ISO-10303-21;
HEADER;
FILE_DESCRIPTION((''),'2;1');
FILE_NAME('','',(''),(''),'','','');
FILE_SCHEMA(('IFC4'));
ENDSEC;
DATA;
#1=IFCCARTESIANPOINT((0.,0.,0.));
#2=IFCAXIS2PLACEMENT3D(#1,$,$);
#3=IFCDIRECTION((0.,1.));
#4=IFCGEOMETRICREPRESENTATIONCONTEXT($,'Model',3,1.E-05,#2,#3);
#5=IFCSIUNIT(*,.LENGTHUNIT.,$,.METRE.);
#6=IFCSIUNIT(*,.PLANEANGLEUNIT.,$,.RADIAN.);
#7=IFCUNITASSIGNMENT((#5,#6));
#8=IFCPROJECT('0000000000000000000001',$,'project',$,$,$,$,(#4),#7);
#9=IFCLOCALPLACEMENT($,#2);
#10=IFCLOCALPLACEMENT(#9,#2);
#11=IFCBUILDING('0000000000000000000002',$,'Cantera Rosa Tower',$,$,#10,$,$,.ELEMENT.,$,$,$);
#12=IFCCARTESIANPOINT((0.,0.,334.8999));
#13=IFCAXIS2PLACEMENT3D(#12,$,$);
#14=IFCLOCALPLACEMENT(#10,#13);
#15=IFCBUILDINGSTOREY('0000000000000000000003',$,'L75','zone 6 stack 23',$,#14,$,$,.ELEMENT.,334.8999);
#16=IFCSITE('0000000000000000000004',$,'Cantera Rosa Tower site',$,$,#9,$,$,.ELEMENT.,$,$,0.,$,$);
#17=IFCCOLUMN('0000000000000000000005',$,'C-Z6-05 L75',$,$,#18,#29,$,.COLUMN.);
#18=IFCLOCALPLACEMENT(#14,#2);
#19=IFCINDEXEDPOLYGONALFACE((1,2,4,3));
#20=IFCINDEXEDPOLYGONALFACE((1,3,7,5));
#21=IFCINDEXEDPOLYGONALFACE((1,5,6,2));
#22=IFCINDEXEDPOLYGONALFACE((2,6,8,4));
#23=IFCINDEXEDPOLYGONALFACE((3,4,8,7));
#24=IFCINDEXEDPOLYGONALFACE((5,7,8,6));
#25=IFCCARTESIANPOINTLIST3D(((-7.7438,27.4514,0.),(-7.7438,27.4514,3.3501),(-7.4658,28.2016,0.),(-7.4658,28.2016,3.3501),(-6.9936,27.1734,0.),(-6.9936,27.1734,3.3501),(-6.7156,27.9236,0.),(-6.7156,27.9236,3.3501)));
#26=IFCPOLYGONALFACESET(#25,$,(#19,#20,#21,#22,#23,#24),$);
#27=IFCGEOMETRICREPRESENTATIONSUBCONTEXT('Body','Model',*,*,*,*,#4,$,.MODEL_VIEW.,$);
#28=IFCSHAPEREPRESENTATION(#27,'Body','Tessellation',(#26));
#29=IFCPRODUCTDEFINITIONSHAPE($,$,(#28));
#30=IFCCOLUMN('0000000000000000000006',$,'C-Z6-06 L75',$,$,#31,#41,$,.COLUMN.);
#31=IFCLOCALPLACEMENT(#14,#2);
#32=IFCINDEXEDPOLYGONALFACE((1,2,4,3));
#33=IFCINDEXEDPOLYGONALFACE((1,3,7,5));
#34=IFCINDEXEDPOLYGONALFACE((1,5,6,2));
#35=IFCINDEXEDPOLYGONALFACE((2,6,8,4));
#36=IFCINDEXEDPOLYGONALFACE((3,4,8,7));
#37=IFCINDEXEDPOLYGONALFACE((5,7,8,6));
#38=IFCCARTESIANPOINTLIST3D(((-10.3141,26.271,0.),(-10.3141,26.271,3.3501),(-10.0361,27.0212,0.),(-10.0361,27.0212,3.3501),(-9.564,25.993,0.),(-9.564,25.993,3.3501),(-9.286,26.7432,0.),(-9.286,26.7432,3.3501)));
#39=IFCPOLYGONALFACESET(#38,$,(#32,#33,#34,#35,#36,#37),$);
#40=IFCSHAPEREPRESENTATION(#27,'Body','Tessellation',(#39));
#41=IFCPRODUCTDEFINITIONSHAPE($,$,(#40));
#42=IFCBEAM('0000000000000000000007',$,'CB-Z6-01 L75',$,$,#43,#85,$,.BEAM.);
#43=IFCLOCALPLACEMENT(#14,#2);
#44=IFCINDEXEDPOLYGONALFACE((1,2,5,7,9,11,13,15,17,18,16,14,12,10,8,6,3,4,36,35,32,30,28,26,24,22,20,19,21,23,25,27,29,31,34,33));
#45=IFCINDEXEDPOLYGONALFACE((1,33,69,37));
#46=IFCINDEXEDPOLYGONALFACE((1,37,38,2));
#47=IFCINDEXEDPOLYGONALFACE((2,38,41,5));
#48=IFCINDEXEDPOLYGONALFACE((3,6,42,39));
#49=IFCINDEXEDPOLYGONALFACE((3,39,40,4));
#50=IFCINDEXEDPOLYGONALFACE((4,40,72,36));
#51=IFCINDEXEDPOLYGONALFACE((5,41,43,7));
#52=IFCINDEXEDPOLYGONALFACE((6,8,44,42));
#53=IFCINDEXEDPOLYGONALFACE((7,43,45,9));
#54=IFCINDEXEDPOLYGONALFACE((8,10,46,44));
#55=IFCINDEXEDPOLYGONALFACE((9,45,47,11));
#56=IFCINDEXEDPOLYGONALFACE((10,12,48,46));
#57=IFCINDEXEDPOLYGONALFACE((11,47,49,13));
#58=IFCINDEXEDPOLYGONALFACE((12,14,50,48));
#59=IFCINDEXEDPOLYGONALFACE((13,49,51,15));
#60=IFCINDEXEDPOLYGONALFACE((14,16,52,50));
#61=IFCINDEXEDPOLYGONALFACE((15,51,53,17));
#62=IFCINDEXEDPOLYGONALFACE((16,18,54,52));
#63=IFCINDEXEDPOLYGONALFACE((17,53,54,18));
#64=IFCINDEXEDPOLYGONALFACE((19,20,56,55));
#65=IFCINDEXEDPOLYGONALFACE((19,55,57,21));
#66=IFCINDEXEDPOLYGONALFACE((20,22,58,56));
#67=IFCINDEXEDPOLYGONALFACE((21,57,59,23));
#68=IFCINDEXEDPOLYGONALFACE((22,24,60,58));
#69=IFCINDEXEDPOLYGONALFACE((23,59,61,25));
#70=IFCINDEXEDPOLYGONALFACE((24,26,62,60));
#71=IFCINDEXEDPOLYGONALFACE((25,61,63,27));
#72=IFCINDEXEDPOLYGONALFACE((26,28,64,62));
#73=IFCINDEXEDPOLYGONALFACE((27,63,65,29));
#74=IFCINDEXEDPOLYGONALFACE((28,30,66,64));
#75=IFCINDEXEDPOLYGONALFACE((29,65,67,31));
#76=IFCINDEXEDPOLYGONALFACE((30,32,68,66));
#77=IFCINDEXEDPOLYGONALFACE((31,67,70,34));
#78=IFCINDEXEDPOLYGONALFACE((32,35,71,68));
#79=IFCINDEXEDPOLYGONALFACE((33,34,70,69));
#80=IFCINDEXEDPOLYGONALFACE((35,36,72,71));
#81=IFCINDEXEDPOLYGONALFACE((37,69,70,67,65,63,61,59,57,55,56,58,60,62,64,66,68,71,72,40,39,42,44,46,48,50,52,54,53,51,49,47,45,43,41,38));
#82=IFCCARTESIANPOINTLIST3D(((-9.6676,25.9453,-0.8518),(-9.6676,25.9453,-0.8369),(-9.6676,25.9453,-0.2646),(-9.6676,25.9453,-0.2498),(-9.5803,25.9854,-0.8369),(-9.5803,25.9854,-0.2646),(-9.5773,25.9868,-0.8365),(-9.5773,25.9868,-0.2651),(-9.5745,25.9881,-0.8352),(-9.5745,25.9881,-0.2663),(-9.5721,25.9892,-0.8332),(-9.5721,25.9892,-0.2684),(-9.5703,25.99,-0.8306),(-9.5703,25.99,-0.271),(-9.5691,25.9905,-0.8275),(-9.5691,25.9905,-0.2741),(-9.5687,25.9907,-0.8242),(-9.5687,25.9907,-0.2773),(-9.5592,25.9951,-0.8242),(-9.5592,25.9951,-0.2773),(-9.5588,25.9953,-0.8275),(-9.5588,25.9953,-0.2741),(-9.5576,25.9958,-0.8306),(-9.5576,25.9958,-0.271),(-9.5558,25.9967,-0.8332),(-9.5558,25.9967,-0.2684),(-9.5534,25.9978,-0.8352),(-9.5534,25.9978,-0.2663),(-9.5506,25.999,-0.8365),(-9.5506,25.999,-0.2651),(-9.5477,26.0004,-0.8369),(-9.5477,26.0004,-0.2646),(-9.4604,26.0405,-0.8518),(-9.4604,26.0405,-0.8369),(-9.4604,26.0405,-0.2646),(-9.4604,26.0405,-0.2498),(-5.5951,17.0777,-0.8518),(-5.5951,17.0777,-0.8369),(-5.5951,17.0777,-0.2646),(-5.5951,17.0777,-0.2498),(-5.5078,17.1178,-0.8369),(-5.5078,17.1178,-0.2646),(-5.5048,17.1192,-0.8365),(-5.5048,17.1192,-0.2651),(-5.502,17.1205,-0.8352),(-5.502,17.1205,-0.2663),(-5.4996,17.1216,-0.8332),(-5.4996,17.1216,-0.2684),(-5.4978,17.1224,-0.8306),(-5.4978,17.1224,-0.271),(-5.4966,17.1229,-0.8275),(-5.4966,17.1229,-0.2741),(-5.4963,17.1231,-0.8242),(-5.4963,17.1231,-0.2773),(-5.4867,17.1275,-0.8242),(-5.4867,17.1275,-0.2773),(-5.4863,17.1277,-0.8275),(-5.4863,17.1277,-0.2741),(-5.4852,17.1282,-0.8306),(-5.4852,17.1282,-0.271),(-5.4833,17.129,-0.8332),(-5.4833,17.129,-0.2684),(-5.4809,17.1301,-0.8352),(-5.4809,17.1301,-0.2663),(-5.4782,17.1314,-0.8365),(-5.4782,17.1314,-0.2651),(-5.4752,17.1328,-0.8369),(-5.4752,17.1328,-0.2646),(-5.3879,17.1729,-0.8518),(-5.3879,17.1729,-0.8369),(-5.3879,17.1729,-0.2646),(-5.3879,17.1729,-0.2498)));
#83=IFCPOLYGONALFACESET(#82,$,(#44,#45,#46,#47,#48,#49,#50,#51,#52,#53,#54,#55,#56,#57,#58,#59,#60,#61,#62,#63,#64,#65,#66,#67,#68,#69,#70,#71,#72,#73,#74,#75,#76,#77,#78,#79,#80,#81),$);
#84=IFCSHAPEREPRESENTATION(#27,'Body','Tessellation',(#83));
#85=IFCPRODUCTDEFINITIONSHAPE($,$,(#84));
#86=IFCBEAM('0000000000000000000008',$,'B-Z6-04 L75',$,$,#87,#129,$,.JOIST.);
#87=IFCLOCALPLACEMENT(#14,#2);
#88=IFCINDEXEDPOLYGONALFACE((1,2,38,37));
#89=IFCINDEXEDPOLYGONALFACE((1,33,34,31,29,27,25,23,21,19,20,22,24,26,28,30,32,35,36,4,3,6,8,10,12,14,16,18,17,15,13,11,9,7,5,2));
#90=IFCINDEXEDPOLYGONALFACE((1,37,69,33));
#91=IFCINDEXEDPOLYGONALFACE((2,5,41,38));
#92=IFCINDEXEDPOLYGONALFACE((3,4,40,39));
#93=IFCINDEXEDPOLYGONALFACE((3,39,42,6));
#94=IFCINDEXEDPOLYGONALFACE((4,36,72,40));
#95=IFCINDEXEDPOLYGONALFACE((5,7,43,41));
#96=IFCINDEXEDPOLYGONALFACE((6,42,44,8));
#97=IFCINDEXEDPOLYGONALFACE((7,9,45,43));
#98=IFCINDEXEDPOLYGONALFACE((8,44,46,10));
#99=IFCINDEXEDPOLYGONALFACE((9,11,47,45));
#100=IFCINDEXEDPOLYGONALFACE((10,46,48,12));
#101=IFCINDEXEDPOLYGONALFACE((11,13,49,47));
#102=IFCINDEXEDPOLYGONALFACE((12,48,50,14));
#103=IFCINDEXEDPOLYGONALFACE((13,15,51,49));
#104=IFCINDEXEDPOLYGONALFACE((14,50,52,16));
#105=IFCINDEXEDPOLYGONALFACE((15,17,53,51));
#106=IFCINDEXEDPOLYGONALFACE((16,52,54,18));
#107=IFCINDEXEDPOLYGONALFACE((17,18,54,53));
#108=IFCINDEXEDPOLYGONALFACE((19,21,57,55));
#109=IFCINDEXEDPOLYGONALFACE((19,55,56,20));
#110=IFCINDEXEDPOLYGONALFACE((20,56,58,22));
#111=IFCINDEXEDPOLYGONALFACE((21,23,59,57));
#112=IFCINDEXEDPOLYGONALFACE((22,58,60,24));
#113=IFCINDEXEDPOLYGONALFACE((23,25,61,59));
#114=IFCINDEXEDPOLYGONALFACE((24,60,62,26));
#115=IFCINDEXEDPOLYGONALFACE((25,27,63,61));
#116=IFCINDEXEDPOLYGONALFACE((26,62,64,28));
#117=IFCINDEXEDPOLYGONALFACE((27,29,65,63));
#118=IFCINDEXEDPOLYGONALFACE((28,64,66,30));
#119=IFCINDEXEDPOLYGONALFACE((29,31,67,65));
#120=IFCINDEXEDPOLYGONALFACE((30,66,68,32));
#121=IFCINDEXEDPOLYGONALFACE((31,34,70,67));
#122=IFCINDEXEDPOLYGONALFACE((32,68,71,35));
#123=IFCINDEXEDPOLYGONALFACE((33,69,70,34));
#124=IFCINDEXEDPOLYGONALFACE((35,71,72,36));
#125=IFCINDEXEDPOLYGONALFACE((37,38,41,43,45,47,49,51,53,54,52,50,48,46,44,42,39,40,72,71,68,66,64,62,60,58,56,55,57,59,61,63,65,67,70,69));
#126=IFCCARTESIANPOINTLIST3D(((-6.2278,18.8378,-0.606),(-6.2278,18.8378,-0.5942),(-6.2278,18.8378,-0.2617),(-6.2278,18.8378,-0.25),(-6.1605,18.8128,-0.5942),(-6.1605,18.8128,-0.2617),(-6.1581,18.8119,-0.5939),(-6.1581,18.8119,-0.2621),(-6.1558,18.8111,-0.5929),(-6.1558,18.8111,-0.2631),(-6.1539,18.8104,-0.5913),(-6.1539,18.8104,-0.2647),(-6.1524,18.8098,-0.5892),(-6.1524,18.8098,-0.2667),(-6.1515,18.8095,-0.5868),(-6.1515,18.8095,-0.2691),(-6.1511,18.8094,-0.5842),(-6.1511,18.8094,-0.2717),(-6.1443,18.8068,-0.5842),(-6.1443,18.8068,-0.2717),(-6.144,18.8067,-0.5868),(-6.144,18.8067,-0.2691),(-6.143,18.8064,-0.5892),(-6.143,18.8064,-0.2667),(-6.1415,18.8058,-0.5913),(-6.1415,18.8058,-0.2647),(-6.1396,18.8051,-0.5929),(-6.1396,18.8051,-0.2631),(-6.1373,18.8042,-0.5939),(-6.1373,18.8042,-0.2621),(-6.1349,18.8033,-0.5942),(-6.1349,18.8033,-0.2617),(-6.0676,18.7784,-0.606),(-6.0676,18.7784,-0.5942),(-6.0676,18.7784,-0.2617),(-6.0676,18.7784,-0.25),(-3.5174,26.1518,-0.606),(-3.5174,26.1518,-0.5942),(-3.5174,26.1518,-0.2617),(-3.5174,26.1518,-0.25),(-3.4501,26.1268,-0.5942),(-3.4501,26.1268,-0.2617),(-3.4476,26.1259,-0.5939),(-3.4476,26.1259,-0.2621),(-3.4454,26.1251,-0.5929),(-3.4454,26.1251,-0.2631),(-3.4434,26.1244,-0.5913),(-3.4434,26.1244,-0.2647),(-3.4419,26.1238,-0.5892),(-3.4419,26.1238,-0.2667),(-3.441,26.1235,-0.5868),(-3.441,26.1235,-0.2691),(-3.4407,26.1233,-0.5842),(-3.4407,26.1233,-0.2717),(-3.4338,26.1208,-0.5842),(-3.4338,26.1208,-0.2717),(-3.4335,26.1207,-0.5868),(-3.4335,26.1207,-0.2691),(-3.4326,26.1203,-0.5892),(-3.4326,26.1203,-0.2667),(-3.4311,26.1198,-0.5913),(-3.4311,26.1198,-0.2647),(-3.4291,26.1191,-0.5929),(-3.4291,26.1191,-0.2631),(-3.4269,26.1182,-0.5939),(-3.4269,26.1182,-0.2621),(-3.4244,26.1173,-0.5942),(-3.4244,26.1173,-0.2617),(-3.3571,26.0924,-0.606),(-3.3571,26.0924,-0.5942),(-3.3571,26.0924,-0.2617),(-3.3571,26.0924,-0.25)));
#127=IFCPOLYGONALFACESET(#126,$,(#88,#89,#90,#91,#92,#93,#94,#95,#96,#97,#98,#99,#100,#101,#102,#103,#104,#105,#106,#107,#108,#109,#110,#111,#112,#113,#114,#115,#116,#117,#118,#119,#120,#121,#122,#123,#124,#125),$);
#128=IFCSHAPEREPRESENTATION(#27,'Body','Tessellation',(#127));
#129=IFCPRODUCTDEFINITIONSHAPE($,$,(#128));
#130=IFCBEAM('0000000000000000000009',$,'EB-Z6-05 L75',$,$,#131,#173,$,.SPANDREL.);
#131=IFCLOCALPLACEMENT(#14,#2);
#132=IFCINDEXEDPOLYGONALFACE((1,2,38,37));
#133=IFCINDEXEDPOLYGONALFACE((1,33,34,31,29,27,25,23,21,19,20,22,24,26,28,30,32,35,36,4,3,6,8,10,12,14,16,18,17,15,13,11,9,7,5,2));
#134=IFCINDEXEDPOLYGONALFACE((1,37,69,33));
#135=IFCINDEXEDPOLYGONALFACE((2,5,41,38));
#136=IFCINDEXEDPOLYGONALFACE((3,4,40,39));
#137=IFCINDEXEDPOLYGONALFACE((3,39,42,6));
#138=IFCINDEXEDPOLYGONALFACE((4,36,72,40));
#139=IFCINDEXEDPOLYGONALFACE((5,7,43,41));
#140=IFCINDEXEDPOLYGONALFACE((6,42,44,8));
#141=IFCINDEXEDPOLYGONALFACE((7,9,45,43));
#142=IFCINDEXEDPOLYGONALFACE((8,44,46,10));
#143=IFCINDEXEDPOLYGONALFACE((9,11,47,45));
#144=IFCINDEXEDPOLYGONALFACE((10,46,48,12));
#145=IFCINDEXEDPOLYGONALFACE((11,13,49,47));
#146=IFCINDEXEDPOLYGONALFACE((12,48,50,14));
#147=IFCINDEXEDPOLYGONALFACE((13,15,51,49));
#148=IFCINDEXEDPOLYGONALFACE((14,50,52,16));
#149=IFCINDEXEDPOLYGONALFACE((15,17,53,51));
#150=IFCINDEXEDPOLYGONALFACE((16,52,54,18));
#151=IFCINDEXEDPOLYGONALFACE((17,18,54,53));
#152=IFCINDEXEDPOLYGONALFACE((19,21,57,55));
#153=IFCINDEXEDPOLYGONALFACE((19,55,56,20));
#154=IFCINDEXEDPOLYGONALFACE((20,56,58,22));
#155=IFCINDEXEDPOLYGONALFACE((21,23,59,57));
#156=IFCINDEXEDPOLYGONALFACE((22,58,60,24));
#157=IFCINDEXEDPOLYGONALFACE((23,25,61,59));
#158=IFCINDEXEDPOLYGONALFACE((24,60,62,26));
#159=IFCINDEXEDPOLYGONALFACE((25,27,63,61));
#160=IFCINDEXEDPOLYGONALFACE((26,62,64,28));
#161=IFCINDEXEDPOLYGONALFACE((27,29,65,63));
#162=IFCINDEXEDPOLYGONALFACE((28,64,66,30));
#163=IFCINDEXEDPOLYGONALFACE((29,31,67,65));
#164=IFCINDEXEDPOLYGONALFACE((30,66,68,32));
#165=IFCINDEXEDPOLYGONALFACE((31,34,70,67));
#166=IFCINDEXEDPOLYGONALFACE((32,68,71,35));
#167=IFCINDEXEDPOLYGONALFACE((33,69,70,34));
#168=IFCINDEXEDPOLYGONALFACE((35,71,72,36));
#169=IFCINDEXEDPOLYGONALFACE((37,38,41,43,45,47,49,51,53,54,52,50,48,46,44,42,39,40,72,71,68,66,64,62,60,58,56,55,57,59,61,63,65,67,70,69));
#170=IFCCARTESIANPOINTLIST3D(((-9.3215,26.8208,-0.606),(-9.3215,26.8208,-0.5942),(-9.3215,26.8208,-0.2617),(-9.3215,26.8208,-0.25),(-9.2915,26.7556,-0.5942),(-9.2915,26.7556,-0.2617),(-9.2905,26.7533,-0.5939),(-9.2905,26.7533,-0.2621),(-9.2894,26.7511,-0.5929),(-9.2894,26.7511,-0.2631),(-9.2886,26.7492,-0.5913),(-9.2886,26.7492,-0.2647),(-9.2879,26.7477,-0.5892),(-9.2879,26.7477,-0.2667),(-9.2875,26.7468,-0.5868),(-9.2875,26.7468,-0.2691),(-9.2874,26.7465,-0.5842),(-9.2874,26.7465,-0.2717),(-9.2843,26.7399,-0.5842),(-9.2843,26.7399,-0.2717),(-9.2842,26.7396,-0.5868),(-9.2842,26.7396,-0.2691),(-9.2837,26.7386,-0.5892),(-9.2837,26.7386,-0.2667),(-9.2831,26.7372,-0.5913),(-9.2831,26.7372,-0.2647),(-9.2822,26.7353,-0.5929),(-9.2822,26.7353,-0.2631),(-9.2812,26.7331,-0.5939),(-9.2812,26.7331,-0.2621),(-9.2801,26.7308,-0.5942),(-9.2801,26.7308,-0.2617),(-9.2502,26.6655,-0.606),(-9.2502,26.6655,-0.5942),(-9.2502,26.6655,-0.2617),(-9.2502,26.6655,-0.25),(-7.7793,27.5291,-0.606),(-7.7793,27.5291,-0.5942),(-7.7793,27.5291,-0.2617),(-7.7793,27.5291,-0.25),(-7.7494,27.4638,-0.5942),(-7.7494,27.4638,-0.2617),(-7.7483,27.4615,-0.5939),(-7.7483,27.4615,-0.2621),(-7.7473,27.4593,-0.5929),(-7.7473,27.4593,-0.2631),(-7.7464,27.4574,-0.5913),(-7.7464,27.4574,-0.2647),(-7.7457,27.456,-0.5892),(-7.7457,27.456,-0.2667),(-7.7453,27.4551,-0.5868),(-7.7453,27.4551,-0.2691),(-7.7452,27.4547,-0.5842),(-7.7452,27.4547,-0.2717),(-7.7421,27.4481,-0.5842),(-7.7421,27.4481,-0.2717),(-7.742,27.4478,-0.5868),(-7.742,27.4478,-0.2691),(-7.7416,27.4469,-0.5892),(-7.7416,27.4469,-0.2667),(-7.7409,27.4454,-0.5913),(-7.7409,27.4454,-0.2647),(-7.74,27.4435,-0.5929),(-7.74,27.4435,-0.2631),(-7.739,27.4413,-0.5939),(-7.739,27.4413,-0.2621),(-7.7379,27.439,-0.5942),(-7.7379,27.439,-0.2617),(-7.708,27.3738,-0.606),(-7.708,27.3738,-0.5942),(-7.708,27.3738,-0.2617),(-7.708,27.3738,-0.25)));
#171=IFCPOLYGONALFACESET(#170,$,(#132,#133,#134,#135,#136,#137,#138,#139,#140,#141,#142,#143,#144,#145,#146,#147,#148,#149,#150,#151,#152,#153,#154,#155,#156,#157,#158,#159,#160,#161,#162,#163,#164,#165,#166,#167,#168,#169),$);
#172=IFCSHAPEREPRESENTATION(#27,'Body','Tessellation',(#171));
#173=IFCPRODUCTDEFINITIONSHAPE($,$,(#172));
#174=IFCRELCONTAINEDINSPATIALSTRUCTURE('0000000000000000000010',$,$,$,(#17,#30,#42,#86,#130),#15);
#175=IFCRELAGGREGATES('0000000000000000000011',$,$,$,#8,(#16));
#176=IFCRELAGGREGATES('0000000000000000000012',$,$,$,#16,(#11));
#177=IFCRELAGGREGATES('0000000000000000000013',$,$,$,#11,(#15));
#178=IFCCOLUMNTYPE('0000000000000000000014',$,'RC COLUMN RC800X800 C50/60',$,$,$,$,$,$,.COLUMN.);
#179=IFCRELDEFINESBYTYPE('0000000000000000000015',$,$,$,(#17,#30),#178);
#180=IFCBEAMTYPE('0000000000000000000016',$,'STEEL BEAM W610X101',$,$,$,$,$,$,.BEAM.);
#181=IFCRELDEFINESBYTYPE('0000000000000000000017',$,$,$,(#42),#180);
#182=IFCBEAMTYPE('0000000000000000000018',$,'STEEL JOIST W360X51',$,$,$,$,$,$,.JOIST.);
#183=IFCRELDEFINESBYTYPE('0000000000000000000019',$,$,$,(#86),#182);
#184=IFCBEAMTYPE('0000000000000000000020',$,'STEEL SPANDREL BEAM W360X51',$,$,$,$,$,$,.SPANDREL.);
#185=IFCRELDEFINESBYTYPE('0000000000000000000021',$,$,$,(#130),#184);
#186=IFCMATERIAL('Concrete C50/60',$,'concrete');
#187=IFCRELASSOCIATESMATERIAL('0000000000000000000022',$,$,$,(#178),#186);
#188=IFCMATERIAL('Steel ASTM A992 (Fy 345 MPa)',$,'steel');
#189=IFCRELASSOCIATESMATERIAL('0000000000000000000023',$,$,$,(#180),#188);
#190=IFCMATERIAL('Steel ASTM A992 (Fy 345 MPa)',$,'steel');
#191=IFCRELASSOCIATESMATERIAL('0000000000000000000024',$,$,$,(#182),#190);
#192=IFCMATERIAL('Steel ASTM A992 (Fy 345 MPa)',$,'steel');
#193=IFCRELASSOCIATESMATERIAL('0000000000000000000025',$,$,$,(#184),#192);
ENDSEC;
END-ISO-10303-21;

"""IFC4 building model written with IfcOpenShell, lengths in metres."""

from ifc_helpers import new_model, si_unit, direction, frame, origin, origin_2d, place, context, subcontext, project, spatial, rectangle, i_section, extrude, material, material_profile, profile_set, type_object, element, save


model = new_model("IFC4")

# Units and contexts
model_context = context("Model", 3, precision=1e-05, world=origin(), true_north=direction((0.0, 1.0)))
body_context = subcontext(model_context, "Body", "Model", "MODEL_VIEW")
ifc_project = project(units=[si_unit("LENGTHUNIT", "METRE"), si_unit("PLANEANGLEUNIT", "RADIAN")], contexts=[model_context])

# Site, building, storey
site_placement = place(None, origin())
site = spatial("IfcSite", under=ifc_project, at=site_placement, Name="Cantera Rosa Tower site", CompositionType="ELEMENT", RefElevation=0.0)
building_placement = place(site_placement, origin())
building = spatial("IfcBuilding", under=site, at=building_placement, Name="Cantera Rosa Tower", CompositionType="ELEMENT")
storey_placement = place(building_placement, frame((0.0, 0.0, 334.8999)))
storey = spatial("IfcBuildingStorey", under=building, at=storey_placement, Name="L75", Description="zone 6 stack 23", CompositionType="ELEMENT", Elevation=334.8999)

# Columns
ifc_material_1 = material(Name="Concrete C50/60", Category="concrete")
ifc_material_profile_1 = material_profile(ifc_material_1, rectangle(XDim=0.8, YDim=0.8, at=origin_2d()), Name="RC COLUMN RC800X800 C50/60")
ifc_profile_set_1 = profile_set([ifc_material_profile_1], Name="Concrete C50/60")
column_type = type_object("IfcColumnType", Name="RC COLUMN RC800X800 C50/60", PredefinedType="COLUMN", material=ifc_profile_set_1)
for number, where, z_axis, x_axis, name in (
    (1, (-7.2297, 27.6875, 0.0), (0.0, 0.0, 1.0), (0.347481, 0.937687, 0.0), "C-Z6-05 L75"),
    (2, (-9.8, 26.5071, 0.0), (0.0, 0.0, 1.0), (0.347481, 0.937687, 0.0), "C-Z6-06 L75"),
):
    element("IfcColumn", number, at=place(storey_placement, frame(where, z_axis=z_axis, x_axis=x_axis)), inside=storey, type_object=column_type, Name=name, PredefinedType="COLUMN", context=body_context, shape_type="SweptSolid", body=[
        extrude(rectangle(XDim=0.8, YDim=0.8, at=origin_2d()), origin(), (0.0, 0.0, 1.0), 3.3501),
    ])

# Beams
ifc_material_2 = material(Name="Steel ASTM A992 (Fy 345 MPa)", Category="steel")
ifc_material_profile_2 = material_profile(ifc_material_2, i_section(OverallWidth=0.228, OverallDepth=0.6021, WebThickness=0.0105, FlangeThickness=0.0149, FilletRadius=0.0127, at=origin_2d()), Name="W610X101")
ifc_profile_set_2 = profile_set([ifc_material_profile_2], Name="Steel ASTM A992 (Fy 345 MPa)")
beam_type_1 = type_object("IfcBeamType", Name="STEEL BEAM W610X101", PredefinedType="BEAM", material=ifc_profile_set_2)
beam_1_placement = place(storey_placement, frame((-9.564, 25.9929, -0.5508), z_axis=(0.417346, -0.908748, 0.0), x_axis=(0.908748, 0.417346, 0.0)))
element("IfcBeam", 3, at=beam_1_placement, inside=storey, type_object=beam_type_1, Name="CB-Z6-01 L75", PredefinedType="BEAM", context=body_context, shape_type="SweptSolid", body=[
    extrude(i_section(OverallWidth=0.228, OverallDepth=0.6021, WebThickness=0.0105, FlangeThickness=0.0149, FilletRadius=0.0127, at=origin_2d()), origin(), (0.0, 0.0, 1.0), 9.7581),
])
ifc_material_3 = material(Name="Steel ASTM A992 (Fy 345 MPa)", Category="steel")
ifc_material_profile_3 = material_profile(ifc_material_3, i_section(OverallWidth=0.1709, OverallDepth=0.356, WebThickness=0.0073, FlangeThickness=0.0117, FilletRadius=0.01, at=origin_2d()), Name="W360X51")
ifc_profile_set_3 = profile_set([ifc_material_profile_3], Name="Steel ASTM A992 (Fy 345 MPa)")
beam_type_2 = type_object("IfcBeamType", Name="STEEL JOIST W360X51", PredefinedType="JOIST", material=ifc_profile_set_3)
beam_2_placement = place(storey_placement, frame((-3.4373, 26.1221, -0.428), z_axis=(-0.347492, -0.937683, 0.0), x_axis=(0.937683, -0.347492, 0.0)))
element("IfcBeam", 4, at=beam_2_placement, inside=storey, type_object=beam_type_2, Name="B-Z6-04 L75", PredefinedType="JOIST", context=body_context, shape_type="SweptSolid", body=[
    extrude(i_section(OverallWidth=0.1709, OverallDepth=0.356, WebThickness=0.0073, FlangeThickness=0.0117, FilletRadius=0.01, at=origin_2d()), origin(), (0.0, 0.0, 1.0), 7.8),
])
ifc_material_4 = material(Name="Steel ASTM A992 (Fy 345 MPa)", Category="steel")
ifc_material_profile_4 = material_profile(ifc_material_4, i_section(OverallWidth=0.1709, OverallDepth=0.356, WebThickness=0.0073, FlangeThickness=0.0117, FilletRadius=0.01, at=origin_2d()), Name="W360X51")
ifc_profile_set_4 = profile_set([ifc_material_profile_4], Name="Steel ASTM A992 (Fy 345 MPa)")
beam_type_3 = type_object("IfcBeamType", Name="STEEL SPANDREL BEAM W360X51", PredefinedType="SPANDREL", material=ifc_profile_set_4)
for number, where, z_axis, x_axis, name in (
    (5, (-7.7437, 27.4514, -0.428), (-0.908754, -0.417333, 0.0), (0.417333, -0.908754, 0.0), "EB-Z6-05 L75"),
):
    element("IfcBeam", number, at=place(storey_placement, frame(where, z_axis=z_axis, x_axis=x_axis)), inside=storey, type_object=beam_type_3, Name=name, PredefinedType="SPANDREL", context=body_context, shape_type="SweptSolid", body=[
        extrude(i_section(OverallWidth=0.1709, OverallDepth=0.356, WebThickness=0.0073, FlangeThickness=0.0117, FilletRadius=0.01, at=origin_2d()), origin(), (0.0, 0.0, 1.0), 1.697),
    ])

save(model, "model.ifc")
